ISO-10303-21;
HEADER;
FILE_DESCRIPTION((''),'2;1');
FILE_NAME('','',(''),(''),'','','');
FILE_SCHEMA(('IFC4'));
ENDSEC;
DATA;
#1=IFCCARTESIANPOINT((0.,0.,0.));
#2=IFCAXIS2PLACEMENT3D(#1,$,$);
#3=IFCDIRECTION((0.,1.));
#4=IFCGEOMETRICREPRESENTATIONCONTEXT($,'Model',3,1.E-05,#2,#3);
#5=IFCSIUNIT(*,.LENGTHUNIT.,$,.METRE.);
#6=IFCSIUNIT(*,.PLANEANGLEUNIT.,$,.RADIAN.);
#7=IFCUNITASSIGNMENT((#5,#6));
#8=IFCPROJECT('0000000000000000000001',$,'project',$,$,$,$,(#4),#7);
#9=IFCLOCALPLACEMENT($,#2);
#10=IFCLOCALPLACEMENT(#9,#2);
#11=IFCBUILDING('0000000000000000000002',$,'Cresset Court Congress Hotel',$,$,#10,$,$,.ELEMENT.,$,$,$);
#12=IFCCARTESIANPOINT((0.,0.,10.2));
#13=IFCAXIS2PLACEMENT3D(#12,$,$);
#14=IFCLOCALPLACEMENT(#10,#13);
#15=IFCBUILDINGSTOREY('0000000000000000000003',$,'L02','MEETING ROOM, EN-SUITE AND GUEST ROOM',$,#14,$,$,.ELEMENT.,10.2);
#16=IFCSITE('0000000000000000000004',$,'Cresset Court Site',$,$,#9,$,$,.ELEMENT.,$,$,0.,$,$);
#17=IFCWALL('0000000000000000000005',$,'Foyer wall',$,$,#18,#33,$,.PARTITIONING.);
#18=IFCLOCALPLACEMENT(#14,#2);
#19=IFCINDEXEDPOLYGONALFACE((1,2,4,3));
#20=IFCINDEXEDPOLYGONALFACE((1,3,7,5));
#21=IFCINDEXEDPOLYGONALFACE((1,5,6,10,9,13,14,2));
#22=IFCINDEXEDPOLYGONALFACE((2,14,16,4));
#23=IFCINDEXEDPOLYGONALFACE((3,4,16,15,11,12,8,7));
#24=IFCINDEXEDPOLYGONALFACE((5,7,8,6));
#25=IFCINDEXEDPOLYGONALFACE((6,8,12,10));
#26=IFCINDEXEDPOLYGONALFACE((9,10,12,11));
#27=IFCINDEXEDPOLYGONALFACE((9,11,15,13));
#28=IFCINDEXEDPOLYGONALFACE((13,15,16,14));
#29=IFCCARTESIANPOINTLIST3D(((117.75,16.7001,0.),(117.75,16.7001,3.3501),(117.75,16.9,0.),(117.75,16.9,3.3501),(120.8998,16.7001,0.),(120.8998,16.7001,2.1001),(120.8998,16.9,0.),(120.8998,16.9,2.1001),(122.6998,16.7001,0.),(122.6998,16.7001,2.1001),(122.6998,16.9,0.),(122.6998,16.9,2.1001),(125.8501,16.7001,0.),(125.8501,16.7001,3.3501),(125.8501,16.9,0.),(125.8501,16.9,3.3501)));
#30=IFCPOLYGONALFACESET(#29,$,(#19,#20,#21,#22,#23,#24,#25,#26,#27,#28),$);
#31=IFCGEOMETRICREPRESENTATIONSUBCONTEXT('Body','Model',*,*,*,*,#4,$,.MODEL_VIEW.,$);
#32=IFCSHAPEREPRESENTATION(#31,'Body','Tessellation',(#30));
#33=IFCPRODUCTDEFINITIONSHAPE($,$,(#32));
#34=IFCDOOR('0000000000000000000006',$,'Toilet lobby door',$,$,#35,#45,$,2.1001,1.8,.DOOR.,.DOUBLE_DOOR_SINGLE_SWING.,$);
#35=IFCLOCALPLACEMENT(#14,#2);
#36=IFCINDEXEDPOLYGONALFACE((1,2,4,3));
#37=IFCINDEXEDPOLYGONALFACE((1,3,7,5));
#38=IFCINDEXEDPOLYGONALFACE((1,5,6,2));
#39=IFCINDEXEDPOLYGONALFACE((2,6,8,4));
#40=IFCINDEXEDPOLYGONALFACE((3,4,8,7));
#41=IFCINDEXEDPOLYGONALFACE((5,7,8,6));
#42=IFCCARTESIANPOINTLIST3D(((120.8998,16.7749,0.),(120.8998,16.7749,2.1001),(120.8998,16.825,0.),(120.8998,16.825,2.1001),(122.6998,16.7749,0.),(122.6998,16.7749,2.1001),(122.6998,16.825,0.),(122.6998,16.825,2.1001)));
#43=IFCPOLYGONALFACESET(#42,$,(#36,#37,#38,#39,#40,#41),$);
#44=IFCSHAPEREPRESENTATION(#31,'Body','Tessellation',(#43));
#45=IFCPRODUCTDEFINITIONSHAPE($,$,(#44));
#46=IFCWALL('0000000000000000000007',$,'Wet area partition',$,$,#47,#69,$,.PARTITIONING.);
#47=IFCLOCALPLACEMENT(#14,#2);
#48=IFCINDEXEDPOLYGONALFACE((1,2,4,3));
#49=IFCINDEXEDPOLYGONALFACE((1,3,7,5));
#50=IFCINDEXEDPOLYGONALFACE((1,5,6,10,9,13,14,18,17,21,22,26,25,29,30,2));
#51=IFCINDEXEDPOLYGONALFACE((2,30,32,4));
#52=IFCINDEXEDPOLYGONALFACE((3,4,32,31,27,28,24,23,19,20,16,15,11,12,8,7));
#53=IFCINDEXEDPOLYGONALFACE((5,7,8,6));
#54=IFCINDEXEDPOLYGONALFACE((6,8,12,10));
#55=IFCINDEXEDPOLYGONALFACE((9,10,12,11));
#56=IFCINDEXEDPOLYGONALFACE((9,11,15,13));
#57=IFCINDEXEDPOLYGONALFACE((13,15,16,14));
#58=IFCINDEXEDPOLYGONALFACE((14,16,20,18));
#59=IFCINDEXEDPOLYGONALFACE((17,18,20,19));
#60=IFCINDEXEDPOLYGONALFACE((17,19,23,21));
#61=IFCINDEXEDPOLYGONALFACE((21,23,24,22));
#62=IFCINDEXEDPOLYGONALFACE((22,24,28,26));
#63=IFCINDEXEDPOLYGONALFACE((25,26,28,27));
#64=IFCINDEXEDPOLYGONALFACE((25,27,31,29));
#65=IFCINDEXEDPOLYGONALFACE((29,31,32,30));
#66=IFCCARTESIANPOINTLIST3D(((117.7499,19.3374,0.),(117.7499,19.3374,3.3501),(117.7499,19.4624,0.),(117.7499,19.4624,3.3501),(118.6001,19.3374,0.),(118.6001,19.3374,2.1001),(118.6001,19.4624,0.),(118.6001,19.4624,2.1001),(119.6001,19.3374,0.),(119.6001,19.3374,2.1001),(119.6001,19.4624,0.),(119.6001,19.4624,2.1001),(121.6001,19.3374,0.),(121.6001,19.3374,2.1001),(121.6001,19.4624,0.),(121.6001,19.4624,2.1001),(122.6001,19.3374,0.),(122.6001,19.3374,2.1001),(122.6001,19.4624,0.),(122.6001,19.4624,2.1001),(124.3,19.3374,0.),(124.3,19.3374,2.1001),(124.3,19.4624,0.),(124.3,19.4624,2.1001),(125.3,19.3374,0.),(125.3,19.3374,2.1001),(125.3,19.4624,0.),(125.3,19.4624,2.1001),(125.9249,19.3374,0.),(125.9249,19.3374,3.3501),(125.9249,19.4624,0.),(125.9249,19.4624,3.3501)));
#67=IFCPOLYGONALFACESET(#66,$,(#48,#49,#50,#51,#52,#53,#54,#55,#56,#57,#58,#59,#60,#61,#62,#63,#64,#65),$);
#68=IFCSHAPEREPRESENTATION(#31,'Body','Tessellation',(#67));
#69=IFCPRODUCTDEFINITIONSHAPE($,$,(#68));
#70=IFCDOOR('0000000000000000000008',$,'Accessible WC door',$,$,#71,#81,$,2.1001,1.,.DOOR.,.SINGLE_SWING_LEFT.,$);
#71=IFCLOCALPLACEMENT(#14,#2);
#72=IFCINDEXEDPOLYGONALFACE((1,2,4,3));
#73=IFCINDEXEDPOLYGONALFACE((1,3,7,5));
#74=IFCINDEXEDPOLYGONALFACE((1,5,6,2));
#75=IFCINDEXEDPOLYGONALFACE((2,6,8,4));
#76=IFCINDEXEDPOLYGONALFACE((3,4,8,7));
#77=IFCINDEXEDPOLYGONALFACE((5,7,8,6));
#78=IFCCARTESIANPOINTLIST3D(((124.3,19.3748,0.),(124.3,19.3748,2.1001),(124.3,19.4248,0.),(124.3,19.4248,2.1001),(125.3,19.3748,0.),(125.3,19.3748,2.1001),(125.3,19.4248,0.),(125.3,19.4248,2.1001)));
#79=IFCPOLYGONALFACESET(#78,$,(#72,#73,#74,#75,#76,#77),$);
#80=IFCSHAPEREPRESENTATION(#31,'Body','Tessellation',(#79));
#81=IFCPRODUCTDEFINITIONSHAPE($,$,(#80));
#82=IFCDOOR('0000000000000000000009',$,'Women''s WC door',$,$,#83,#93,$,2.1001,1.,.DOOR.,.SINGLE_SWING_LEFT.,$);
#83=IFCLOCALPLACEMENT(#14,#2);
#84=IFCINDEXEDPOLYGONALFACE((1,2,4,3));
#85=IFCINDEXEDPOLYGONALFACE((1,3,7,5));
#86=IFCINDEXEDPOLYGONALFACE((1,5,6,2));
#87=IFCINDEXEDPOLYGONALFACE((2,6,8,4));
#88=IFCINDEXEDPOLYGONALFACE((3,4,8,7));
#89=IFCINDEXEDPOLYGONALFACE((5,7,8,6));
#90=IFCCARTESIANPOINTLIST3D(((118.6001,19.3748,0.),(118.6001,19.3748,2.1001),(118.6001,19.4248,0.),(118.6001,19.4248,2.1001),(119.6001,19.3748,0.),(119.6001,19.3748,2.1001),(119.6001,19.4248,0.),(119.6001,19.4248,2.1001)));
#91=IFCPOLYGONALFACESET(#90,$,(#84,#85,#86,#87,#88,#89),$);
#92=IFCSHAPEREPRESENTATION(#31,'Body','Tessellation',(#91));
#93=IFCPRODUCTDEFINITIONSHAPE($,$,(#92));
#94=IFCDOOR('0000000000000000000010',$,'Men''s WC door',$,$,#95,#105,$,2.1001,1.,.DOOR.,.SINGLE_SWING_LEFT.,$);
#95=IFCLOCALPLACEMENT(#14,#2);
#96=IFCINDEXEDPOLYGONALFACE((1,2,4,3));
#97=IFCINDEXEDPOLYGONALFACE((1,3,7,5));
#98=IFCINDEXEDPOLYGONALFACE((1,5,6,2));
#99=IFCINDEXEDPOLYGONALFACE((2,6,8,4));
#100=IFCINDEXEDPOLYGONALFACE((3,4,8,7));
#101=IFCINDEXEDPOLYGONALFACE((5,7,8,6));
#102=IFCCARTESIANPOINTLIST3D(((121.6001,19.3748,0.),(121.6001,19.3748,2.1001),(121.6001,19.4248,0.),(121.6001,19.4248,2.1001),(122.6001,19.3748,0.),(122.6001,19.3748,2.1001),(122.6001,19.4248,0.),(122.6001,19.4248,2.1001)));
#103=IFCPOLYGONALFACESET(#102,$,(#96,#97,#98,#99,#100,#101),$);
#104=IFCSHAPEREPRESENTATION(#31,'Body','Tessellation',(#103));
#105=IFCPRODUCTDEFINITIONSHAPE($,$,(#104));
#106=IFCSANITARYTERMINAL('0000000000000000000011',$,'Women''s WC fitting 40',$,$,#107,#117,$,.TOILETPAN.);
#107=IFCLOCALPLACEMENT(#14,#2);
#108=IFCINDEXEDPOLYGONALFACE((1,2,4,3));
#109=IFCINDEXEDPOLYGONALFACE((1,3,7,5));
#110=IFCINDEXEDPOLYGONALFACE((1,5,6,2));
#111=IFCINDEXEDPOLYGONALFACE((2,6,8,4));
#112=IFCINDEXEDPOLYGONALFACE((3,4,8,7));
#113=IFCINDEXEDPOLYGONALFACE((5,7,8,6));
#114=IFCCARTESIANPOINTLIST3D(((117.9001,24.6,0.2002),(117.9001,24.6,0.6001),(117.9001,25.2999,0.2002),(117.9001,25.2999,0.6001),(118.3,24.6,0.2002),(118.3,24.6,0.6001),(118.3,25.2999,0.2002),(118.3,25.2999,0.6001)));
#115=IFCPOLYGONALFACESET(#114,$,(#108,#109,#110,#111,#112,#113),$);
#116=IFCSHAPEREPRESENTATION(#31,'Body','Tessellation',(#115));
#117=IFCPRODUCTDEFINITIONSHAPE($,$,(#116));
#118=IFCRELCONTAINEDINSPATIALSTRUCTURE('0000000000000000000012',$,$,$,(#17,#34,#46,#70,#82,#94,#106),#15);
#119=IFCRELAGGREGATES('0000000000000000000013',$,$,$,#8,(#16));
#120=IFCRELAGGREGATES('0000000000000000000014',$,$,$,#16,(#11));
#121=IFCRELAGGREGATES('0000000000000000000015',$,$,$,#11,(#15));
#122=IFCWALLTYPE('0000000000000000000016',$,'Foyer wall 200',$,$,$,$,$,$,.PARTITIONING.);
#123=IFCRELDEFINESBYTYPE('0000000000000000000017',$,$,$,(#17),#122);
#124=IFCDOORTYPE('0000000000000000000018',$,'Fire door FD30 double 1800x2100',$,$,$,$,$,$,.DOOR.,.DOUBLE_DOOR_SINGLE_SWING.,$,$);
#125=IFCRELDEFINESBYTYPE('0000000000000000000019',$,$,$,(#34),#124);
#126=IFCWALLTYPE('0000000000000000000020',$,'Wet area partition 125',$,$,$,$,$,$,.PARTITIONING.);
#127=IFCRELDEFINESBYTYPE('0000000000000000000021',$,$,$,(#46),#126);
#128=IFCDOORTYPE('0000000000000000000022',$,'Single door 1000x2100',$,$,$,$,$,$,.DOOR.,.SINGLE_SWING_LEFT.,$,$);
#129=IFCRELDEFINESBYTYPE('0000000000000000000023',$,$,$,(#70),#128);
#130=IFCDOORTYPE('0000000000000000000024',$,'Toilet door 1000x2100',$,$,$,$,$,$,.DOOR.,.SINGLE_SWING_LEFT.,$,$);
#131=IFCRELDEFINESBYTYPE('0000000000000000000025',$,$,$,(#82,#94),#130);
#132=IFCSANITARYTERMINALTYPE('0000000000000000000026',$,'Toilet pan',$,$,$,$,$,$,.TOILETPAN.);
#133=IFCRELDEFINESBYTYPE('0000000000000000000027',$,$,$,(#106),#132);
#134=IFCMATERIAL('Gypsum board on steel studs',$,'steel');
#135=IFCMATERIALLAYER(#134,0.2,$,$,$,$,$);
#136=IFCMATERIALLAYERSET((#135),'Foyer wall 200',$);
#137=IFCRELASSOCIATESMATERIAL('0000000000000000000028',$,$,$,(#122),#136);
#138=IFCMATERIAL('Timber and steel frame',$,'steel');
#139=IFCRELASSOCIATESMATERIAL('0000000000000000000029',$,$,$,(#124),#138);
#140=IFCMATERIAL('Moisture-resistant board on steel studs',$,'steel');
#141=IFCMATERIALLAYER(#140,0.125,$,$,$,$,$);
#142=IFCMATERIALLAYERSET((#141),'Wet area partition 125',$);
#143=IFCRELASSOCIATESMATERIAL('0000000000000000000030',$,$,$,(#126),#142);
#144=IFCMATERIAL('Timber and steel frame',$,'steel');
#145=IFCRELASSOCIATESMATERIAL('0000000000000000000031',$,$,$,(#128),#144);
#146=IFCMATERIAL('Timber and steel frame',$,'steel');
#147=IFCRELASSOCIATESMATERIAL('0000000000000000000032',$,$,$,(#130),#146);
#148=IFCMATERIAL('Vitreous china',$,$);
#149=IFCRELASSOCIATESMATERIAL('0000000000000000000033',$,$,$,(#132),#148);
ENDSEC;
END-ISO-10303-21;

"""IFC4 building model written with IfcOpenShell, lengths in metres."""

from ifc_helpers import new_model, si_unit, direction, frame, frame_2d, origin, origin_2d, place, context, subcontext, project, spatial, rectangle, extrude, material, layer, layer_set, type_object, element, fill, save


model = new_model("IFC4")

# Units and contexts
model_context = context("Model", 3, precision=1e-05, world=origin(), true_north=direction((0.0, 1.0)))
body_context = subcontext(model_context, "Body", "Model", "MODEL_VIEW")
ifc_project = project(units=[si_unit("LENGTHUNIT", "METRE"), si_unit("PLANEANGLEUNIT", "RADIAN")], contexts=[model_context])

# Site, building, storey
site_placement = place(None, origin())
site = spatial("IfcSite", under=ifc_project, at=site_placement, Name="Cresset Court Site", CompositionType="ELEMENT", RefElevation=0.0)
building_placement = place(site_placement, origin())
building = spatial("IfcBuilding", under=site, at=building_placement, Name="Cresset Court Congress Hotel", CompositionType="ELEMENT")
storey_placement = place(building_placement, frame((0.0, 0.0, 10.2)))
storey = spatial("IfcBuildingStorey", under=building, at=storey_placement, Name="L02", Description="MEETING ROOM, EN-SUITE AND GUEST ROOM", CompositionType="ELEMENT", Elevation=10.2)

# Wall, opening, door
ifc_material_1 = material(Name="Gypsum board on steel studs", Category="steel")
ifc_layer_1 = layer(ifc_material_1, 0.2)
ifc_layer_set_1 = layer_set([ifc_layer_1], Name="Foyer wall 200")
wall_type_1 = type_object("IfcWallType", Name="Foyer wall 200", PredefinedType="PARTITIONING", material=ifc_layer_set_1)
wall_1_placement = place(storey_placement, frame((117.75, 16.8, 0.0), z_axis=(0.0, 0.0, 1.0), x_axis=(1.0, 0.0, 0.0)))
wall_1 = element("IfcWall", 1, at=wall_1_placement, inside=storey, type_object=wall_type_1, Name="Foyer wall", PredefinedType="PARTITIONING", context=body_context, shape_type="SweptSolid", body=[
    extrude(rectangle(XDim=8.1001, YDim=0.2, at=frame_2d((4.05, 0.0))), origin(), (0.0, 0.0, 1.0), 3.3501),
])
opening_1_placement = place(wall_1_placement, frame((3.1499, 0.0, 0.0)))
opening_1 = element("IfcOpeningElement", 2, at=opening_1_placement, cuts=wall_1, PredefinedType="OPENING", context=body_context, shape_type="SweptSolid", body=[
    extrude(rectangle(XDim=1.8, YDim=2.1001, at=frame_2d((0.8999, 1.05))), frame((0.0, 0.1099, 0.0), z_axis=(0.0, -1.0, 0.0), x_axis=(1.0, 0.0, 0.0)), (0.0, 0.0, 1.0), 0.22),
])
ifc_material_2 = material(Name="Timber and steel frame", Category="steel")
door_type_1 = type_object("IfcDoorType", Name="Fire door FD30 double 1800x2100", OperationType="DOUBLE_DOOR_SINGLE_SWING", PredefinedType="DOOR", material=ifc_material_2)
door_1_placement = place(opening_1_placement, origin())
door_1 = element("IfcDoor", 3, at=door_1_placement, inside=storey, type_object=door_type_1, Name="Toilet lobby door", OperationType="DOUBLE_DOOR_SINGLE_SWING", OverallHeight=2.1001, OverallWidth=1.8, PredefinedType="DOOR", context=body_context, shape_type="SweptSolid", body=[
    extrude(rectangle(XDim=1.8, YDim=2.1001, at=frame_2d((0.8999, 1.05))), frame((0.0, 0.0249, 0.0), z_axis=(0.0, -1.0, 0.0), x_axis=(1.0, 0.0, 0.0)), (0.0, 0.0, 1.0), 0.05),
])
fill(opening_1, door_1)

# Wall, openings, doors
ifc_material_3 = material(Name="Moisture-resistant board on steel studs", Category="steel")
ifc_layer_2 = layer(ifc_material_3, 0.125)
ifc_layer_set_2 = layer_set([ifc_layer_2], Name="Wet area partition 125")
wall_type_2 = type_object("IfcWallType", Name="Wet area partition 125", PredefinedType="PARTITIONING", material=ifc_layer_set_2)
wall_2_placement = place(storey_placement, frame((117.75, 19.3999, 0.0), z_axis=(0.0, 0.0, 1.0), x_axis=(1.0, 0.0, 0.0)))
wall_2 = element("IfcWall", 4, at=wall_2_placement, inside=storey, type_object=wall_type_2, Name="Wet area partition", PredefinedType="PARTITIONING", context=body_context, shape_type="SweptSolid", body=[
    extrude(rectangle(XDim=8.175, YDim=0.125, at=frame_2d((4.0874, 0.0))), origin(), (0.0, 0.0, 1.0), 3.3501),
])
opening_2_placement = place(wall_2_placement, frame((0.8501, 0.0, 0.0)))
opening_2 = element("IfcOpeningElement", 5, at=opening_2_placement, cuts=wall_2, PredefinedType="OPENING", context=body_context, shape_type="SweptSolid", body=[
    extrude(rectangle(XDim=1.0, YDim=2.1001, at=frame_2d((0.5, 1.05))), frame((0.0, 0.0725, 0.0), z_axis=(0.0, -1.0, 0.0), x_axis=(1.0, 0.0, 0.0)), (0.0, 0.0, 1.0), 0.145),
])
opening_3_placement = place(wall_2_placement, frame((3.8501, 0.0, 0.0)))
opening_3 = element("IfcOpeningElement", 6, at=opening_3_placement, cuts=wall_2, PredefinedType="OPENING", context=body_context, shape_type="SweptSolid", body=[
    extrude(rectangle(XDim=1.0, YDim=2.1001, at=frame_2d((0.5, 1.05))), frame((0.0, 0.0725, 0.0), z_axis=(0.0, -1.0, 0.0), x_axis=(1.0, 0.0, 0.0)), (0.0, 0.0, 1.0), 0.145),
])
opening_4_placement = place(wall_2_placement, frame((6.55, 0.0, 0.0)))
opening_4 = element("IfcOpeningElement", 7, at=opening_4_placement, cuts=wall_2, PredefinedType="OPENING", context=body_context, shape_type="SweptSolid", body=[
    extrude(rectangle(XDim=1.0, YDim=2.1001, at=frame_2d((0.5, 1.05))), frame((0.0, 0.0725, 0.0), z_axis=(0.0, -1.0, 0.0), x_axis=(1.0, 0.0, 0.0)), (0.0, 0.0, 1.0), 0.145),
])
ifc_material_4 = material(Name="Timber and steel frame", Category="steel")
door_type_2 = type_object("IfcDoorType", Name="Single door 1000x2100", OperationType="SINGLE_SWING_LEFT", PredefinedType="DOOR", material=ifc_material_4)
door_2_placement = place(opening_4_placement, origin())
door_2 = element("IfcDoor", 8, at=door_2_placement, inside=storey, type_object=door_type_2, Name="Accessible WC door", OperationType="SINGLE_SWING_LEFT", OverallHeight=2.1001, OverallWidth=1.0, PredefinedType="DOOR", context=body_context, shape_type="SweptSolid", body=[
    extrude(rectangle(XDim=1.0, YDim=2.1001, at=frame_2d((0.5, 1.05))), frame((0.0, 0.0249, 0.0), z_axis=(0.0, -1.0, 0.0), x_axis=(1.0, 0.0, 0.0)), (0.0, 0.0, 1.0), 0.05),
])
fill(opening_4, door_2)
ifc_material_5 = material(Name="Timber and steel frame", Category="steel")
door_type_3 = type_object("IfcDoorType", Name="Toilet door 1000x2100", OperationType="SINGLE_SWING_LEFT", PredefinedType="DOOR", material=ifc_material_5)
door_3_placement = place(opening_2_placement, origin())
door_3 = element("IfcDoor", 9, at=door_3_placement, inside=storey, type_object=door_type_3, Name="Women's WC door", OperationType="SINGLE_SWING_LEFT", OverallHeight=2.1001, OverallWidth=1.0, PredefinedType="DOOR", context=body_context, shape_type="SweptSolid", body=[
    extrude(rectangle(XDim=1.0, YDim=2.1001, at=frame_2d((0.5, 1.05))), frame((0.0, 0.0249, 0.0), z_axis=(0.0, -1.0, 0.0), x_axis=(1.0, 0.0, 0.0)), (0.0, 0.0, 1.0), 0.05),
])
fill(opening_2, door_3)
door_4_placement = place(opening_3_placement, origin())
door_4 = element("IfcDoor", 10, at=door_4_placement, inside=storey, type_object=door_type_3, Name="Men's WC door", OperationType="SINGLE_SWING_LEFT", OverallHeight=2.1001, OverallWidth=1.0, PredefinedType="DOOR", context=body_context, shape_type="SweptSolid", body=[
    extrude(rectangle(XDim=1.0, YDim=2.1001, at=frame_2d((0.5, 1.05))), frame((0.0, 0.0249, 0.0), z_axis=(0.0, -1.0, 0.0), x_axis=(1.0, 0.0, 0.0)), (0.0, 0.0, 1.0), 0.05),
])
fill(opening_3, door_4)

# Sanitary terminal
ifc_material_6 = material(Name="Vitreous china")
sanitary_terminal_type = type_object("IfcSanitaryTerminalType", Name="Toilet pan", PredefinedType="TOILETPAN", material=ifc_material_6)
sanitary_terminal_placement = place(storey_placement, frame((118.1001, 24.95, 0.2002), z_axis=(0.0, 0.0, 1.0), x_axis=(1.0, 0.0, 0.0)))
element("IfcSanitaryTerminal", 11, at=sanitary_terminal_placement, inside=storey, type_object=sanitary_terminal_type, Name="Women's WC fitting 40", PredefinedType="TOILETPAN", context=body_context, shape_type="SweptSolid", body=[
    extrude(rectangle(XDim=0.3999, YDim=0.7, at=origin_2d()), origin(), (0.0, 0.0, 1.0), 0.3999),
])

save(model, "model.ifc")
